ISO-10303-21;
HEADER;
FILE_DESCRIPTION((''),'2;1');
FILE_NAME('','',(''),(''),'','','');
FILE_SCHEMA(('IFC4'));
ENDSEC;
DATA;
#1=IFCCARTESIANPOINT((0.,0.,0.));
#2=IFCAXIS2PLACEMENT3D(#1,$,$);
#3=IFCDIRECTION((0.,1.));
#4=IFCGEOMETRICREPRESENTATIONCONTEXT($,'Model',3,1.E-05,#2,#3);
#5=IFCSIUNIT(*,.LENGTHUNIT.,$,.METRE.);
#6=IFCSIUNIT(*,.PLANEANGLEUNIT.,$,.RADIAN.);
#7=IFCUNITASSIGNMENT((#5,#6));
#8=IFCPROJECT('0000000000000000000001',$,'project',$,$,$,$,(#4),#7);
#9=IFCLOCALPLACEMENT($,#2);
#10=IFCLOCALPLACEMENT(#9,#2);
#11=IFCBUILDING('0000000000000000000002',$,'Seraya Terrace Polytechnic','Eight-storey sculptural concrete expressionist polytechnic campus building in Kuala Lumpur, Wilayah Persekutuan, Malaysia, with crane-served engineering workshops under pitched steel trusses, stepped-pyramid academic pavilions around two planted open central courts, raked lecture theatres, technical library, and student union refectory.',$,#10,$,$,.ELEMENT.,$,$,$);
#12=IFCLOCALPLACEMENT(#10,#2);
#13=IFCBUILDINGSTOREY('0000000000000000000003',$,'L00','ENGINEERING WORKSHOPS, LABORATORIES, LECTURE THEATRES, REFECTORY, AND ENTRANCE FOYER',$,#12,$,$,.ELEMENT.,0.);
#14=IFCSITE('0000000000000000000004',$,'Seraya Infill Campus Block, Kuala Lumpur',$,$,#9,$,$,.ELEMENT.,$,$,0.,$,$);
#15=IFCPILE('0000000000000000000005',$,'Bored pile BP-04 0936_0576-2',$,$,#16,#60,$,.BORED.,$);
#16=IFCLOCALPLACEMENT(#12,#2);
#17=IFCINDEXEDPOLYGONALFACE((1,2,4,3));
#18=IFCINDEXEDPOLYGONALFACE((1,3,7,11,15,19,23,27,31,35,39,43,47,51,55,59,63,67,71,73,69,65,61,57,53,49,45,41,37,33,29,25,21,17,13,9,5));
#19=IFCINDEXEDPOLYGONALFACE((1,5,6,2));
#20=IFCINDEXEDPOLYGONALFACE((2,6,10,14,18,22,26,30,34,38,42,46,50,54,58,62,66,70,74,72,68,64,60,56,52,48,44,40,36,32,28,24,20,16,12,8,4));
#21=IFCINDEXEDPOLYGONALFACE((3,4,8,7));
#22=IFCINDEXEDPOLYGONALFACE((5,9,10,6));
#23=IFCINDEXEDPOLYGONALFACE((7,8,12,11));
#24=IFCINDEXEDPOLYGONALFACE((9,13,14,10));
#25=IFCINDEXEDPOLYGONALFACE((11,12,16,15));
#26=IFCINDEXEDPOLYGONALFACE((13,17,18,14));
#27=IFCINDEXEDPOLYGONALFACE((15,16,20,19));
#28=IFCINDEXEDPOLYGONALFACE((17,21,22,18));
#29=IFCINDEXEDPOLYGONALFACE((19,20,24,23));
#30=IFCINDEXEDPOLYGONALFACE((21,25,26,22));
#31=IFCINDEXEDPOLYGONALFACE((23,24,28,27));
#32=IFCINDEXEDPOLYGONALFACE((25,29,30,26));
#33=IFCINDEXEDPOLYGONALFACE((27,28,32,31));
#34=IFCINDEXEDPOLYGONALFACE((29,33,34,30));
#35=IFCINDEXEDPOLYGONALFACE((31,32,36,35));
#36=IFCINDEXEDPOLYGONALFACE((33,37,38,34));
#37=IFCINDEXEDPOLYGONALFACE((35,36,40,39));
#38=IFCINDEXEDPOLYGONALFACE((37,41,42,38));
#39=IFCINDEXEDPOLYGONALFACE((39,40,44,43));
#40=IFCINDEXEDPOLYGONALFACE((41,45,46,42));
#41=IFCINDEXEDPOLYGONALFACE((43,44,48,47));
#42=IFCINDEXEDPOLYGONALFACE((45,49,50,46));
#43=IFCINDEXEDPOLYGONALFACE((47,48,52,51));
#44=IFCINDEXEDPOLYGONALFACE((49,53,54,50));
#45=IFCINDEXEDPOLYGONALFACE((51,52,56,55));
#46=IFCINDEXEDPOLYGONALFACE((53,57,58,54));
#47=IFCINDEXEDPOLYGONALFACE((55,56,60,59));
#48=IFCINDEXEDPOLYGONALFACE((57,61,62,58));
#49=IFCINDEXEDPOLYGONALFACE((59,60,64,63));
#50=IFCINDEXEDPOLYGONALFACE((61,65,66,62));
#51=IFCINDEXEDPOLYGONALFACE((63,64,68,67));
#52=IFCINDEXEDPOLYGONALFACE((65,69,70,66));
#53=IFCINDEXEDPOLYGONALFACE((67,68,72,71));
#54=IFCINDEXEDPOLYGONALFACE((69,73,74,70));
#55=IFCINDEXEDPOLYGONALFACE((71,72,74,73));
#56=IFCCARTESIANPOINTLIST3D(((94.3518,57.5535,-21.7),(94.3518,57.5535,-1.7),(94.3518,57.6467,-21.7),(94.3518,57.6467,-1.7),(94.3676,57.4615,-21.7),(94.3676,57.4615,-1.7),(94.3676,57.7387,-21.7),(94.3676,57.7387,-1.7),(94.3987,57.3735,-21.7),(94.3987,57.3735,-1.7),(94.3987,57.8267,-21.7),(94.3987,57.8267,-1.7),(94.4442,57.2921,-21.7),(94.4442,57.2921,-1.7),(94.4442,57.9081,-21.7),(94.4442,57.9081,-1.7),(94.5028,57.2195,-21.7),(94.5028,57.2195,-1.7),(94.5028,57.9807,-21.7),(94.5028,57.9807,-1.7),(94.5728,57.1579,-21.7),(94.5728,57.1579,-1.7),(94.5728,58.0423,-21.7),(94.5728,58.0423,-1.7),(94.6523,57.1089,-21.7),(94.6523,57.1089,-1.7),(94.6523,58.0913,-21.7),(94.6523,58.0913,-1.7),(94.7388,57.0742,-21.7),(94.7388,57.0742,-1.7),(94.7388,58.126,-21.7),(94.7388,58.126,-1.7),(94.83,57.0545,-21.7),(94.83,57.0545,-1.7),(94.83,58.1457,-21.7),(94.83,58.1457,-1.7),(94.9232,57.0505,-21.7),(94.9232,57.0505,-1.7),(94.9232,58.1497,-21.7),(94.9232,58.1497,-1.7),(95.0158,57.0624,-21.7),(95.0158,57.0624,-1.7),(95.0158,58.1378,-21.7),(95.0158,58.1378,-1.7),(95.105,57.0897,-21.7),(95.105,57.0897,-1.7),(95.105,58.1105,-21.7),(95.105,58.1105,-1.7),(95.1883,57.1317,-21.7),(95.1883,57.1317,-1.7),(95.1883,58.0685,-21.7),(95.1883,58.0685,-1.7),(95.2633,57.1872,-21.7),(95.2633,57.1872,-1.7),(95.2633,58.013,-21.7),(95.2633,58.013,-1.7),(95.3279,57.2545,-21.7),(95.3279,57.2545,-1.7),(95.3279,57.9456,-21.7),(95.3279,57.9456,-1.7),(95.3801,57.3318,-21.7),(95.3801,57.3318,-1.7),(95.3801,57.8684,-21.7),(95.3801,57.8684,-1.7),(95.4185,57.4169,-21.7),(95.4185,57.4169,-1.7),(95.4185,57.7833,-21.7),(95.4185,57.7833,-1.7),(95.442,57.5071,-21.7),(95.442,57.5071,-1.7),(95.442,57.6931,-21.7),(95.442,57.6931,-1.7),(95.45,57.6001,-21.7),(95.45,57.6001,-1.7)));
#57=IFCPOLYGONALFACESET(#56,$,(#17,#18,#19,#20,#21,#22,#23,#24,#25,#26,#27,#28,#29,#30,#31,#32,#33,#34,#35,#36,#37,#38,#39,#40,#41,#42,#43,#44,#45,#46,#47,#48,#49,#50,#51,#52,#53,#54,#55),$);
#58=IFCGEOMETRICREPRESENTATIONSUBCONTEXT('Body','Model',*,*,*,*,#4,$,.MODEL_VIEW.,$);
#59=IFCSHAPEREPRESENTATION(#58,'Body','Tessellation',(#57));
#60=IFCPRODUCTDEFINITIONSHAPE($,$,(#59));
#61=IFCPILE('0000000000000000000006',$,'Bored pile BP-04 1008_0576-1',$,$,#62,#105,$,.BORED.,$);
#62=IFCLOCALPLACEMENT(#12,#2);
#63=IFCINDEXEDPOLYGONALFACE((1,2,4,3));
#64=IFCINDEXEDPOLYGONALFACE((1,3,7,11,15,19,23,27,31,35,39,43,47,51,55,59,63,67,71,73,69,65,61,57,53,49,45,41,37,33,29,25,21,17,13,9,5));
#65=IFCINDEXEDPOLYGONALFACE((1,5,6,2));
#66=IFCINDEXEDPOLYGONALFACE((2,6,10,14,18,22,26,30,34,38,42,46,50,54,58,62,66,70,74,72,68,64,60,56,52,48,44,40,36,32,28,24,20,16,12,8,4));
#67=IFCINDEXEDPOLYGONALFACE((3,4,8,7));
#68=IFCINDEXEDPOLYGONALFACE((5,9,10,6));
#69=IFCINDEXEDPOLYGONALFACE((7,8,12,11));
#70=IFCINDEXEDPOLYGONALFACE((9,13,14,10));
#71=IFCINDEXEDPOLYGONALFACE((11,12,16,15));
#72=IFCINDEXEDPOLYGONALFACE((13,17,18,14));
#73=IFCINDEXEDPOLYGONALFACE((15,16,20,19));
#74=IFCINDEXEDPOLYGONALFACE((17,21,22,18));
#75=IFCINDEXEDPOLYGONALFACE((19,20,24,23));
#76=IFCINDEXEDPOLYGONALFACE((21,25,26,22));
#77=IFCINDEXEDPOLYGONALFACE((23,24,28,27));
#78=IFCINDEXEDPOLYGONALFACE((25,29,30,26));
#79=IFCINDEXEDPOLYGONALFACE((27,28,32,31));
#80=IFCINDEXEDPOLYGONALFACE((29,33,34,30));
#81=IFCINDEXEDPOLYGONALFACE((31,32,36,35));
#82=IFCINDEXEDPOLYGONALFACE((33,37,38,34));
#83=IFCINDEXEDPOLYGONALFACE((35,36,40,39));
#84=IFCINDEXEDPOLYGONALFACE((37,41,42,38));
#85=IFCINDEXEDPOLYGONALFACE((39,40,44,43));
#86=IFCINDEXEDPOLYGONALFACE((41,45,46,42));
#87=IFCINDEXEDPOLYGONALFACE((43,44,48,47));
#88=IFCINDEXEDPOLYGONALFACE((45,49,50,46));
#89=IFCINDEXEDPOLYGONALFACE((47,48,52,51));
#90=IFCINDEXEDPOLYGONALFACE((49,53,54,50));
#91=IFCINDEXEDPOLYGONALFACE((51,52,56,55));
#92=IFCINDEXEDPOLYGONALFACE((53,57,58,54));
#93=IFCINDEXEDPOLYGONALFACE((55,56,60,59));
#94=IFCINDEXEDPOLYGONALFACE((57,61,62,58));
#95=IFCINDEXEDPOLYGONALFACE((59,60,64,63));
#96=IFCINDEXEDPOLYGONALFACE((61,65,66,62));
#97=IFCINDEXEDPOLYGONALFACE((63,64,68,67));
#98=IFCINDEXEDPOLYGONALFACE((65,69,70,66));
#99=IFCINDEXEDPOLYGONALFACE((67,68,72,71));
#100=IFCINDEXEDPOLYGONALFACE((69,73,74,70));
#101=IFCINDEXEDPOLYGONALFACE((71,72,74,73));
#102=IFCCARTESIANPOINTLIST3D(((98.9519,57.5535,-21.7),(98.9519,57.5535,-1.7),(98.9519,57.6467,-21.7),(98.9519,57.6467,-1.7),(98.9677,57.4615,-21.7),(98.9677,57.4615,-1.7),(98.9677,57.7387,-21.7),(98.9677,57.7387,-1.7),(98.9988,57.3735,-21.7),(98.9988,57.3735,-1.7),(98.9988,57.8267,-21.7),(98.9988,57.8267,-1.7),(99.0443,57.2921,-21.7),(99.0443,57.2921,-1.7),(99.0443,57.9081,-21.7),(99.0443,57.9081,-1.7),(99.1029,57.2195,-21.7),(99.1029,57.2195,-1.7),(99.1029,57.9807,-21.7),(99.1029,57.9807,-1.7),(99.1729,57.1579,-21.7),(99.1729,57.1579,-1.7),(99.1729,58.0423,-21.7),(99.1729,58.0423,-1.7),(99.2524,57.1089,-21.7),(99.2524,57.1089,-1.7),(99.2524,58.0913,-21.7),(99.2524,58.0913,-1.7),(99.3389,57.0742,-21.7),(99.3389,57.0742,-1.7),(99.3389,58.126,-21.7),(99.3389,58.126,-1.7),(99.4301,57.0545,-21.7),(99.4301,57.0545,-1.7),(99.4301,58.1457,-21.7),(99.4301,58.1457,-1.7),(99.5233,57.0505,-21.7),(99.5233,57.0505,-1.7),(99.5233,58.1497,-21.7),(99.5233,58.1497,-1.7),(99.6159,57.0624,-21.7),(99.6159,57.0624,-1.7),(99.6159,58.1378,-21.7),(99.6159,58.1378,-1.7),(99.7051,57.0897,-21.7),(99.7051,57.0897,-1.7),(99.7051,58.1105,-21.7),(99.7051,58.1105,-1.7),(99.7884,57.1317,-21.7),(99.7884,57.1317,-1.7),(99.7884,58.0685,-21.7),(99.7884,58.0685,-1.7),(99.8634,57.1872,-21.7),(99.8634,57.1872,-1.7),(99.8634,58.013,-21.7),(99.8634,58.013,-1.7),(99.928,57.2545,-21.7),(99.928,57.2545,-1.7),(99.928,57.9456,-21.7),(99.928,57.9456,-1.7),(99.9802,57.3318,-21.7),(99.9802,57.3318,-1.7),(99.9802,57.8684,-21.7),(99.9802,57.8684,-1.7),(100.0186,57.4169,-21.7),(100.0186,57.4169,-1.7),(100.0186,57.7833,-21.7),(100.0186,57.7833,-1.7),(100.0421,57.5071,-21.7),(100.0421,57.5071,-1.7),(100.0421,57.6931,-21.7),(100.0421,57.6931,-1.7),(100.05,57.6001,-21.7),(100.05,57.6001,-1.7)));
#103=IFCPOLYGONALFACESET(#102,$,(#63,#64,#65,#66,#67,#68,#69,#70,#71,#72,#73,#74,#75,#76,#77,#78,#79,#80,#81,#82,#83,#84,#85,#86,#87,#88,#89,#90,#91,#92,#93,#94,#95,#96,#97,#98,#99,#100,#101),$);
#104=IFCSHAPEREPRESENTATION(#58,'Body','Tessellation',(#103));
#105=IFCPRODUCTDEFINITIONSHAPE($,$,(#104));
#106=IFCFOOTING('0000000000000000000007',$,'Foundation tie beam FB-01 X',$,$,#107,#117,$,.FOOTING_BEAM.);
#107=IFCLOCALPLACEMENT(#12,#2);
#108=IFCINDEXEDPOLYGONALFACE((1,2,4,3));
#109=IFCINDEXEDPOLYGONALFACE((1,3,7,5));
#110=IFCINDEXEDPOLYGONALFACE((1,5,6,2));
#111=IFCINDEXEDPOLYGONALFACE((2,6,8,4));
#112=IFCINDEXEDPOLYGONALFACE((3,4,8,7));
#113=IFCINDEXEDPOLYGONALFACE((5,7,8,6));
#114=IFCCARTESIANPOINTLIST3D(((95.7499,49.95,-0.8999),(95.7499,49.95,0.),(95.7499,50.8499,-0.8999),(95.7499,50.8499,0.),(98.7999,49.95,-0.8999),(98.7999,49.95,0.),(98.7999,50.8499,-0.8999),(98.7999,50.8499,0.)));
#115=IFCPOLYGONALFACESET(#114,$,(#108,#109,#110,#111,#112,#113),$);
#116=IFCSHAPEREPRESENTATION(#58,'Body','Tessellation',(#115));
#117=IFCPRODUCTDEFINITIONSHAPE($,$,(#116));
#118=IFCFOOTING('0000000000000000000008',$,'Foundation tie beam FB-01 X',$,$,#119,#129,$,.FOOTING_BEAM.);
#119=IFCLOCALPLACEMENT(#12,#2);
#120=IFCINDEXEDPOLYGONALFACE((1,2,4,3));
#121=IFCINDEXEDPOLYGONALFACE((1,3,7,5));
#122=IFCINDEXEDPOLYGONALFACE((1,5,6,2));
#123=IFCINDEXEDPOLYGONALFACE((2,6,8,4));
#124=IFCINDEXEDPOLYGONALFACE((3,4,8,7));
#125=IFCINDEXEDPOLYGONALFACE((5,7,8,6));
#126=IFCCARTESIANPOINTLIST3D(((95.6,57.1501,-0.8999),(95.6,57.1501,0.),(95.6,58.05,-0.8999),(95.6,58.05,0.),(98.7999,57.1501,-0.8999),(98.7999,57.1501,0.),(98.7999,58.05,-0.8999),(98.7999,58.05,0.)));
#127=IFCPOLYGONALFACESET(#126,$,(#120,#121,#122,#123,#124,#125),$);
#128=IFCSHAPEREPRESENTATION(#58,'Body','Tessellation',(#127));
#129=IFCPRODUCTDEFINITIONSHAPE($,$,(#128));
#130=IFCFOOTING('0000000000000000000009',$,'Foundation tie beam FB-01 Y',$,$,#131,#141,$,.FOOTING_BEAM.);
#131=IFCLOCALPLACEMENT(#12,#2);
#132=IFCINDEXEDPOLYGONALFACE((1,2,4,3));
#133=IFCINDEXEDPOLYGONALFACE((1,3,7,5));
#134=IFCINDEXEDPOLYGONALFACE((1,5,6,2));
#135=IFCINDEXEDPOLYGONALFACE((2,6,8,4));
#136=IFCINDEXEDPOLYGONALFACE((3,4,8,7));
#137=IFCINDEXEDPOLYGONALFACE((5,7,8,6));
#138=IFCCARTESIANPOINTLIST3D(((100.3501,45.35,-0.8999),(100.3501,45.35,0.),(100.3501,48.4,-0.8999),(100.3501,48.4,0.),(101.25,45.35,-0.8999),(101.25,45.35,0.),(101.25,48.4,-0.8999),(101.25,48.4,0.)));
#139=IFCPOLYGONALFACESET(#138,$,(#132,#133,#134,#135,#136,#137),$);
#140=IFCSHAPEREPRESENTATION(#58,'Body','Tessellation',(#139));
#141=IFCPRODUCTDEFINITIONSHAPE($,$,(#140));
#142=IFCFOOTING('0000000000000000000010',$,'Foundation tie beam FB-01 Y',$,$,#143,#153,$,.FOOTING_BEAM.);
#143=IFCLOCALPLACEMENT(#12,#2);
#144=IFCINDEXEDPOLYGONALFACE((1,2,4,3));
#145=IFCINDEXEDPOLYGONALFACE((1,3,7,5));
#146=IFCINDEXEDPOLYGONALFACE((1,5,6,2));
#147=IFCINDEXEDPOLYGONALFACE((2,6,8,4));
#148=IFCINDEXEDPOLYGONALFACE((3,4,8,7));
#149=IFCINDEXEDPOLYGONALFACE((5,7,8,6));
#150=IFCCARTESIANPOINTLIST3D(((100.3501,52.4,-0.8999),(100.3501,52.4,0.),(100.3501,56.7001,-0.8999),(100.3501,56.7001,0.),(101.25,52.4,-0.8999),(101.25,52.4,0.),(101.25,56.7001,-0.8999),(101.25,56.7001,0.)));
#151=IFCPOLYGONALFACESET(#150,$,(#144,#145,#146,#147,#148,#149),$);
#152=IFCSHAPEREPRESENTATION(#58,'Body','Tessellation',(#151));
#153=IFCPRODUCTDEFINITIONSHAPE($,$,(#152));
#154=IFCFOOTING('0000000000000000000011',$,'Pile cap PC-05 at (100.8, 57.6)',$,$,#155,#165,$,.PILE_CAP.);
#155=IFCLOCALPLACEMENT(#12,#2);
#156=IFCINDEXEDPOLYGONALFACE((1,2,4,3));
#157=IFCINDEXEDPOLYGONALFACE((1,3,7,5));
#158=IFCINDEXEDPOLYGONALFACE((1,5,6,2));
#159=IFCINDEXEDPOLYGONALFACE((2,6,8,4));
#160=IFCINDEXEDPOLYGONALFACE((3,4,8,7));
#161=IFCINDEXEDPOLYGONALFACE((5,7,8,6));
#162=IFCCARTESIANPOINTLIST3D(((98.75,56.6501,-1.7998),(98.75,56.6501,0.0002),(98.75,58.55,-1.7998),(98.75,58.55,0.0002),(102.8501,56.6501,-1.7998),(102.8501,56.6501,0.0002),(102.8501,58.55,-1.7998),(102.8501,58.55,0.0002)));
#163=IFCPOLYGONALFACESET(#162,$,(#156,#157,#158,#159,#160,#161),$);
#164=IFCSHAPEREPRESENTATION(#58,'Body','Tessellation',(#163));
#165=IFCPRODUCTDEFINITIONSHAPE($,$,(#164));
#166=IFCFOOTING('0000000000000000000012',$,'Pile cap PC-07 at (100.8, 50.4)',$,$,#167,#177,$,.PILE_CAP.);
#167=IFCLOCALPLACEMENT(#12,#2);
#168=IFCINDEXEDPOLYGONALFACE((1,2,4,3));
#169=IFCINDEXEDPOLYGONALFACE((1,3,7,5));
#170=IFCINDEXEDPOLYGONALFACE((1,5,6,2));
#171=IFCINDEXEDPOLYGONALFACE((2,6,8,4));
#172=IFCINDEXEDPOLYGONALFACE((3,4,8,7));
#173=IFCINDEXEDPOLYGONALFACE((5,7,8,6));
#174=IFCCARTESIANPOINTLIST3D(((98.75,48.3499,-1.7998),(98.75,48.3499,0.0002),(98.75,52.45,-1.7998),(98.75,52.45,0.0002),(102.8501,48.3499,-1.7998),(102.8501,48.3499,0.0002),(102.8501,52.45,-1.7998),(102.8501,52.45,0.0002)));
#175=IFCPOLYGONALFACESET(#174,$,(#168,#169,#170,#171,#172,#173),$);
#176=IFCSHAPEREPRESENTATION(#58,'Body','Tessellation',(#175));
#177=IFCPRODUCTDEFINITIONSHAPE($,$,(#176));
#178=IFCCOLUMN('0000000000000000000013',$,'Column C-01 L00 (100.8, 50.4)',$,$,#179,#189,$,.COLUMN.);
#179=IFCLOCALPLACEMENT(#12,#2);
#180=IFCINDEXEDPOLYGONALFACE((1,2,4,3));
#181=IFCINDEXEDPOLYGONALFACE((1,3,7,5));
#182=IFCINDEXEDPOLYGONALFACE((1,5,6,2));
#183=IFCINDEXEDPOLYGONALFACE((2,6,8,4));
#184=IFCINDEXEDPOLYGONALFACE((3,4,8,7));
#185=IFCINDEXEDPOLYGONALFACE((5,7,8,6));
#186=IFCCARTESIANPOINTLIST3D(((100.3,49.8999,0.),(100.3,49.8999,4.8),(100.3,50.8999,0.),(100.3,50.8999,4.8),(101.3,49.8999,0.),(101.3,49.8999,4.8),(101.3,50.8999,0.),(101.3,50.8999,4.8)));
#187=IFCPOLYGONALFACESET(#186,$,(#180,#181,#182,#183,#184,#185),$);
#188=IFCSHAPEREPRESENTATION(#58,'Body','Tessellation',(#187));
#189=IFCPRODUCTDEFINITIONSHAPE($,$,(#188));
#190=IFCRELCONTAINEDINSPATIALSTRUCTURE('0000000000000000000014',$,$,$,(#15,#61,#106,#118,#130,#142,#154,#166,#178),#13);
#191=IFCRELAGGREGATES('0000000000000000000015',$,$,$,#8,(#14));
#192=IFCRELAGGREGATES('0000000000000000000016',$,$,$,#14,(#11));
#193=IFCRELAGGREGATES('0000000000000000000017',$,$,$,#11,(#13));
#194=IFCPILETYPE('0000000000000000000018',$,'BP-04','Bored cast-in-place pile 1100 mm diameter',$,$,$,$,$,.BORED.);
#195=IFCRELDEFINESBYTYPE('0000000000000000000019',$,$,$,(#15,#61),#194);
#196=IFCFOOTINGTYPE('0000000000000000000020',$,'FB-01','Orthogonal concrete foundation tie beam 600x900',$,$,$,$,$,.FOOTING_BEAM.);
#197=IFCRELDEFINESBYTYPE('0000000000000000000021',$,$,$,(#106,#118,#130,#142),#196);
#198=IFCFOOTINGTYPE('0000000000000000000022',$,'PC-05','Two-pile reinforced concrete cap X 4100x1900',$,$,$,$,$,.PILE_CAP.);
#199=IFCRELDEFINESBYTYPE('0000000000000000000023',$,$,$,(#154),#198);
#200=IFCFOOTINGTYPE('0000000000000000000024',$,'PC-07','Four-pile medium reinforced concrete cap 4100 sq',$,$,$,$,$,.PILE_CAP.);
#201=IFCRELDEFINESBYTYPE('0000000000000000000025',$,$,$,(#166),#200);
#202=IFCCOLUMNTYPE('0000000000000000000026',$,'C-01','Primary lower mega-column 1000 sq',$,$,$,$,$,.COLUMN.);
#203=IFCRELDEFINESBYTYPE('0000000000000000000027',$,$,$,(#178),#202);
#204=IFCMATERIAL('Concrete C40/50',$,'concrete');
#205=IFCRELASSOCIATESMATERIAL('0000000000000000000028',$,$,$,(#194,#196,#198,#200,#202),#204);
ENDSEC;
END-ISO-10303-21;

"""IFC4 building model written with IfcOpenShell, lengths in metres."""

from ifc_helpers import new_model, si_unit, direction, frame, origin, origin_2d, place, context, subcontext, project, spatial, rectangle, circle, extrude, material, material_profile, profile_set, type_object, element, save


model = new_model("IFC4")

# Units and contexts
model_context = context("Model", 3, precision=1e-05, world=origin(), true_north=direction((0.0, 1.0)))
body_context = subcontext(model_context, "Body", "Model", "MODEL_VIEW")
ifc_project = project(units=[si_unit("LENGTHUNIT", "METRE"), si_unit("PLANEANGLEUNIT", "RADIAN")], contexts=[model_context])

# Site, building, storey
site_placement = place(None, origin())
site = spatial("IfcSite", under=ifc_project, at=site_placement, Name="Seraya Infill Campus Block, Kuala Lumpur", CompositionType="ELEMENT", RefElevation=0.0)
building_placement = place(site_placement, origin())
building = spatial("IfcBuilding", under=site, at=building_placement, Name="Seraya Terrace Polytechnic", Description="Eight-storey sculptural concrete expressionist polytechnic campus building in Kuala Lumpur, Wilayah Persekutuan, Malaysia, with crane-served engineering workshops under pitched steel trusses, stepped-pyramid academic pavilions around two planted open central courts, raked lecture theatres, technical library, and student union refectory.", CompositionType="ELEMENT")
storey_placement = place(building_placement, origin())
storey = spatial("IfcBuildingStorey", under=building, at=storey_placement, Name="L00", Description="ENGINEERING WORKSHOPS, LABORATORIES, LECTURE THEATRES, REFECTORY, AND ENTRANCE FOYER", CompositionType="ELEMENT", Elevation=0.0)

# Piles
ifc_material_1 = material(Name="Concrete C40/50", Category="concrete")
ifc_material_profile_1 = material_profile(ifc_material_1, circle(Radius=0.55, at=origin_2d()), Name="DIA 1100")
ifc_profile_set_1 = profile_set([ifc_material_profile_1], Name="Concrete C40/50")
pile_type_1 = type_object("IfcPileType", Name="BP-04", Description="Bored cast-in-place pile 1100 mm diameter", PredefinedType="BORED", material=ifc_profile_set_1)
for number, where, z_axis, x_axis, name in (
    (1, (94.8999, 57.6001, -1.7), (0.0, 0.0, -1.0), (1.0, 0.0, 0.0), "Bored pile BP-04 0936_0576-2"),
    (2, (99.5, 57.6001, -1.7), (0.0, 0.0, -1.0), (1.0, 0.0, 0.0), "Bored pile BP-04 1008_0576-1"),
):
    element("IfcPile", number, at=place(storey_placement, frame(where, z_axis=z_axis, x_axis=x_axis)), inside=storey, type_object=pile_type_1, Name=name, PredefinedType="BORED", context=body_context, shape_type="SweptSolid", body=[
        extrude(circle(Radius=0.55, at=origin_2d()), origin(), (0.0, 0.0, 1.0), 20.0),
    ])

# Footings
footing_type_1 = type_object("IfcFootingType", Name="FB-01", Description="Orthogonal concrete foundation tie beam 600x900", PredefinedType="FOOTING_BEAM", material=ifc_material_1)
footing_1_placement = place(storey_placement, frame((97.2749, 50.3999, -0.8999), z_axis=(0.0, 0.0, 1.0), x_axis=(1.0, 0.0, 0.0)))
element("IfcFooting", 3, at=footing_1_placement, inside=storey, type_object=footing_type_1, Name="Foundation tie beam FB-01 X", PredefinedType="FOOTING_BEAM", context=body_context, shape_type="SweptSolid", body=[
    extrude(rectangle(XDim=3.05, YDim=0.8999, at=origin_2d()), origin(), (0.0, 0.0, 1.0), 0.8999),
])
footing_2_placement = place(storey_placement, frame((97.2, 57.6001, -0.8999), z_axis=(0.0, 0.0, 1.0), x_axis=(1.0, 0.0, 0.0)))
element("IfcFooting", 4, at=footing_2_placement, inside=storey, type_object=footing_type_1, Name="Foundation tie beam FB-01 X", PredefinedType="FOOTING_BEAM", context=body_context, shape_type="SweptSolid", body=[
    extrude(rectangle(XDim=3.2, YDim=0.8999, at=origin_2d()), origin(), (0.0, 0.0, 1.0), 0.8999),
])
footing_3_placement = place(storey_placement, frame((100.8, 46.875, -0.8999), z_axis=(0.0, 0.0, 1.0), x_axis=(0.0, 1.0, 0.0)))
element("IfcFooting", 5, at=footing_3_placement, inside=storey, type_object=footing_type_1, Name="Foundation tie beam FB-01 Y", PredefinedType="FOOTING_BEAM", context=body_context, shape_type="SweptSolid", body=[
    extrude(rectangle(XDim=3.05, YDim=0.8999, at=origin_2d()), origin(), (0.0, 0.0, 1.0), 0.8999),
])
footing_4_placement = place(storey_placement, frame((100.8, 54.55, -0.8999), z_axis=(0.0, 0.0, 1.0), x_axis=(0.0, 1.0, 0.0)))
element("IfcFooting", 6, at=footing_4_placement, inside=storey, type_object=footing_type_1, Name="Foundation tie beam FB-01 Y", PredefinedType="FOOTING_BEAM", context=body_context, shape_type="SweptSolid", body=[
    extrude(rectangle(XDim=4.3, YDim=0.8999, at=origin_2d()), origin(), (0.0, 0.0, 1.0), 0.8999),
])
footing_type_2 = type_object("IfcFootingType", Name="PC-05", Description="Two-pile reinforced concrete cap X 4100x1900", PredefinedType="PILE_CAP", material=ifc_material_1)
footing_5_placement = place(storey_placement, frame((100.8, 57.6001, -1.7998), z_axis=(0.0, 0.0, 1.0), x_axis=(1.0, 0.0, 0.0)))
element("IfcFooting", 7, at=footing_5_placement, inside=storey, type_object=footing_type_2, Name="Pile cap PC-05 at (100.8, 57.6)", PredefinedType="PILE_CAP", context=body_context, shape_type="SweptSolid", body=[
    extrude(rectangle(XDim=4.1001, YDim=1.8999, at=origin_2d()), origin(), (0.0, 0.0, 1.0), 1.8),
])
footing_type_3 = type_object("IfcFootingType", Name="PC-07", Description="Four-pile medium reinforced concrete cap 4100 sq", PredefinedType="PILE_CAP", material=ifc_material_1)
footing_6_placement = place(storey_placement, frame((100.8, 50.3999, -1.7998), z_axis=(0.0, 0.0, 1.0), x_axis=(1.0, 0.0, 0.0)))
element("IfcFooting", 8, at=footing_6_placement, inside=storey, type_object=footing_type_3, Name="Pile cap PC-07 at (100.8, 50.4)", PredefinedType="PILE_CAP", context=body_context, shape_type="SweptSolid", body=[
    extrude(rectangle(XDim=4.1001, YDim=4.1001, at=origin_2d()), origin(), (0.0, 0.0, 1.0), 1.8),
])

# Column
ifc_material_profile_2 = material_profile(ifc_material_1, rectangle(XDim=1.0, YDim=1.0, at=origin_2d()), Name="RC 1000x1000")
ifc_profile_set_2 = profile_set([ifc_material_profile_2], Name="Concrete C40/50")
column_type_1 = type_object("IfcColumnType", Name="C-01", Description="Primary lower mega-column 1000 sq", PredefinedType="COLUMN", material=ifc_profile_set_2)
column_placement = place(storey_placement, frame((100.8, 50.3999, 0.0), z_axis=(0.0, 0.0, 1.0), x_axis=(1.0, 0.0, 0.0)))
element("IfcColumn", 9, at=column_placement, inside=storey, type_object=column_type_1, Name="Column C-01 L00 (100.8, 50.4)", PredefinedType="COLUMN", context=body_context, shape_type="SweptSolid", body=[
    extrude(rectangle(XDim=1.0, YDim=1.0, at=origin_2d()), origin(), (0.0, 0.0, 1.0), 4.8),
])

save(model, "model.ifc")
